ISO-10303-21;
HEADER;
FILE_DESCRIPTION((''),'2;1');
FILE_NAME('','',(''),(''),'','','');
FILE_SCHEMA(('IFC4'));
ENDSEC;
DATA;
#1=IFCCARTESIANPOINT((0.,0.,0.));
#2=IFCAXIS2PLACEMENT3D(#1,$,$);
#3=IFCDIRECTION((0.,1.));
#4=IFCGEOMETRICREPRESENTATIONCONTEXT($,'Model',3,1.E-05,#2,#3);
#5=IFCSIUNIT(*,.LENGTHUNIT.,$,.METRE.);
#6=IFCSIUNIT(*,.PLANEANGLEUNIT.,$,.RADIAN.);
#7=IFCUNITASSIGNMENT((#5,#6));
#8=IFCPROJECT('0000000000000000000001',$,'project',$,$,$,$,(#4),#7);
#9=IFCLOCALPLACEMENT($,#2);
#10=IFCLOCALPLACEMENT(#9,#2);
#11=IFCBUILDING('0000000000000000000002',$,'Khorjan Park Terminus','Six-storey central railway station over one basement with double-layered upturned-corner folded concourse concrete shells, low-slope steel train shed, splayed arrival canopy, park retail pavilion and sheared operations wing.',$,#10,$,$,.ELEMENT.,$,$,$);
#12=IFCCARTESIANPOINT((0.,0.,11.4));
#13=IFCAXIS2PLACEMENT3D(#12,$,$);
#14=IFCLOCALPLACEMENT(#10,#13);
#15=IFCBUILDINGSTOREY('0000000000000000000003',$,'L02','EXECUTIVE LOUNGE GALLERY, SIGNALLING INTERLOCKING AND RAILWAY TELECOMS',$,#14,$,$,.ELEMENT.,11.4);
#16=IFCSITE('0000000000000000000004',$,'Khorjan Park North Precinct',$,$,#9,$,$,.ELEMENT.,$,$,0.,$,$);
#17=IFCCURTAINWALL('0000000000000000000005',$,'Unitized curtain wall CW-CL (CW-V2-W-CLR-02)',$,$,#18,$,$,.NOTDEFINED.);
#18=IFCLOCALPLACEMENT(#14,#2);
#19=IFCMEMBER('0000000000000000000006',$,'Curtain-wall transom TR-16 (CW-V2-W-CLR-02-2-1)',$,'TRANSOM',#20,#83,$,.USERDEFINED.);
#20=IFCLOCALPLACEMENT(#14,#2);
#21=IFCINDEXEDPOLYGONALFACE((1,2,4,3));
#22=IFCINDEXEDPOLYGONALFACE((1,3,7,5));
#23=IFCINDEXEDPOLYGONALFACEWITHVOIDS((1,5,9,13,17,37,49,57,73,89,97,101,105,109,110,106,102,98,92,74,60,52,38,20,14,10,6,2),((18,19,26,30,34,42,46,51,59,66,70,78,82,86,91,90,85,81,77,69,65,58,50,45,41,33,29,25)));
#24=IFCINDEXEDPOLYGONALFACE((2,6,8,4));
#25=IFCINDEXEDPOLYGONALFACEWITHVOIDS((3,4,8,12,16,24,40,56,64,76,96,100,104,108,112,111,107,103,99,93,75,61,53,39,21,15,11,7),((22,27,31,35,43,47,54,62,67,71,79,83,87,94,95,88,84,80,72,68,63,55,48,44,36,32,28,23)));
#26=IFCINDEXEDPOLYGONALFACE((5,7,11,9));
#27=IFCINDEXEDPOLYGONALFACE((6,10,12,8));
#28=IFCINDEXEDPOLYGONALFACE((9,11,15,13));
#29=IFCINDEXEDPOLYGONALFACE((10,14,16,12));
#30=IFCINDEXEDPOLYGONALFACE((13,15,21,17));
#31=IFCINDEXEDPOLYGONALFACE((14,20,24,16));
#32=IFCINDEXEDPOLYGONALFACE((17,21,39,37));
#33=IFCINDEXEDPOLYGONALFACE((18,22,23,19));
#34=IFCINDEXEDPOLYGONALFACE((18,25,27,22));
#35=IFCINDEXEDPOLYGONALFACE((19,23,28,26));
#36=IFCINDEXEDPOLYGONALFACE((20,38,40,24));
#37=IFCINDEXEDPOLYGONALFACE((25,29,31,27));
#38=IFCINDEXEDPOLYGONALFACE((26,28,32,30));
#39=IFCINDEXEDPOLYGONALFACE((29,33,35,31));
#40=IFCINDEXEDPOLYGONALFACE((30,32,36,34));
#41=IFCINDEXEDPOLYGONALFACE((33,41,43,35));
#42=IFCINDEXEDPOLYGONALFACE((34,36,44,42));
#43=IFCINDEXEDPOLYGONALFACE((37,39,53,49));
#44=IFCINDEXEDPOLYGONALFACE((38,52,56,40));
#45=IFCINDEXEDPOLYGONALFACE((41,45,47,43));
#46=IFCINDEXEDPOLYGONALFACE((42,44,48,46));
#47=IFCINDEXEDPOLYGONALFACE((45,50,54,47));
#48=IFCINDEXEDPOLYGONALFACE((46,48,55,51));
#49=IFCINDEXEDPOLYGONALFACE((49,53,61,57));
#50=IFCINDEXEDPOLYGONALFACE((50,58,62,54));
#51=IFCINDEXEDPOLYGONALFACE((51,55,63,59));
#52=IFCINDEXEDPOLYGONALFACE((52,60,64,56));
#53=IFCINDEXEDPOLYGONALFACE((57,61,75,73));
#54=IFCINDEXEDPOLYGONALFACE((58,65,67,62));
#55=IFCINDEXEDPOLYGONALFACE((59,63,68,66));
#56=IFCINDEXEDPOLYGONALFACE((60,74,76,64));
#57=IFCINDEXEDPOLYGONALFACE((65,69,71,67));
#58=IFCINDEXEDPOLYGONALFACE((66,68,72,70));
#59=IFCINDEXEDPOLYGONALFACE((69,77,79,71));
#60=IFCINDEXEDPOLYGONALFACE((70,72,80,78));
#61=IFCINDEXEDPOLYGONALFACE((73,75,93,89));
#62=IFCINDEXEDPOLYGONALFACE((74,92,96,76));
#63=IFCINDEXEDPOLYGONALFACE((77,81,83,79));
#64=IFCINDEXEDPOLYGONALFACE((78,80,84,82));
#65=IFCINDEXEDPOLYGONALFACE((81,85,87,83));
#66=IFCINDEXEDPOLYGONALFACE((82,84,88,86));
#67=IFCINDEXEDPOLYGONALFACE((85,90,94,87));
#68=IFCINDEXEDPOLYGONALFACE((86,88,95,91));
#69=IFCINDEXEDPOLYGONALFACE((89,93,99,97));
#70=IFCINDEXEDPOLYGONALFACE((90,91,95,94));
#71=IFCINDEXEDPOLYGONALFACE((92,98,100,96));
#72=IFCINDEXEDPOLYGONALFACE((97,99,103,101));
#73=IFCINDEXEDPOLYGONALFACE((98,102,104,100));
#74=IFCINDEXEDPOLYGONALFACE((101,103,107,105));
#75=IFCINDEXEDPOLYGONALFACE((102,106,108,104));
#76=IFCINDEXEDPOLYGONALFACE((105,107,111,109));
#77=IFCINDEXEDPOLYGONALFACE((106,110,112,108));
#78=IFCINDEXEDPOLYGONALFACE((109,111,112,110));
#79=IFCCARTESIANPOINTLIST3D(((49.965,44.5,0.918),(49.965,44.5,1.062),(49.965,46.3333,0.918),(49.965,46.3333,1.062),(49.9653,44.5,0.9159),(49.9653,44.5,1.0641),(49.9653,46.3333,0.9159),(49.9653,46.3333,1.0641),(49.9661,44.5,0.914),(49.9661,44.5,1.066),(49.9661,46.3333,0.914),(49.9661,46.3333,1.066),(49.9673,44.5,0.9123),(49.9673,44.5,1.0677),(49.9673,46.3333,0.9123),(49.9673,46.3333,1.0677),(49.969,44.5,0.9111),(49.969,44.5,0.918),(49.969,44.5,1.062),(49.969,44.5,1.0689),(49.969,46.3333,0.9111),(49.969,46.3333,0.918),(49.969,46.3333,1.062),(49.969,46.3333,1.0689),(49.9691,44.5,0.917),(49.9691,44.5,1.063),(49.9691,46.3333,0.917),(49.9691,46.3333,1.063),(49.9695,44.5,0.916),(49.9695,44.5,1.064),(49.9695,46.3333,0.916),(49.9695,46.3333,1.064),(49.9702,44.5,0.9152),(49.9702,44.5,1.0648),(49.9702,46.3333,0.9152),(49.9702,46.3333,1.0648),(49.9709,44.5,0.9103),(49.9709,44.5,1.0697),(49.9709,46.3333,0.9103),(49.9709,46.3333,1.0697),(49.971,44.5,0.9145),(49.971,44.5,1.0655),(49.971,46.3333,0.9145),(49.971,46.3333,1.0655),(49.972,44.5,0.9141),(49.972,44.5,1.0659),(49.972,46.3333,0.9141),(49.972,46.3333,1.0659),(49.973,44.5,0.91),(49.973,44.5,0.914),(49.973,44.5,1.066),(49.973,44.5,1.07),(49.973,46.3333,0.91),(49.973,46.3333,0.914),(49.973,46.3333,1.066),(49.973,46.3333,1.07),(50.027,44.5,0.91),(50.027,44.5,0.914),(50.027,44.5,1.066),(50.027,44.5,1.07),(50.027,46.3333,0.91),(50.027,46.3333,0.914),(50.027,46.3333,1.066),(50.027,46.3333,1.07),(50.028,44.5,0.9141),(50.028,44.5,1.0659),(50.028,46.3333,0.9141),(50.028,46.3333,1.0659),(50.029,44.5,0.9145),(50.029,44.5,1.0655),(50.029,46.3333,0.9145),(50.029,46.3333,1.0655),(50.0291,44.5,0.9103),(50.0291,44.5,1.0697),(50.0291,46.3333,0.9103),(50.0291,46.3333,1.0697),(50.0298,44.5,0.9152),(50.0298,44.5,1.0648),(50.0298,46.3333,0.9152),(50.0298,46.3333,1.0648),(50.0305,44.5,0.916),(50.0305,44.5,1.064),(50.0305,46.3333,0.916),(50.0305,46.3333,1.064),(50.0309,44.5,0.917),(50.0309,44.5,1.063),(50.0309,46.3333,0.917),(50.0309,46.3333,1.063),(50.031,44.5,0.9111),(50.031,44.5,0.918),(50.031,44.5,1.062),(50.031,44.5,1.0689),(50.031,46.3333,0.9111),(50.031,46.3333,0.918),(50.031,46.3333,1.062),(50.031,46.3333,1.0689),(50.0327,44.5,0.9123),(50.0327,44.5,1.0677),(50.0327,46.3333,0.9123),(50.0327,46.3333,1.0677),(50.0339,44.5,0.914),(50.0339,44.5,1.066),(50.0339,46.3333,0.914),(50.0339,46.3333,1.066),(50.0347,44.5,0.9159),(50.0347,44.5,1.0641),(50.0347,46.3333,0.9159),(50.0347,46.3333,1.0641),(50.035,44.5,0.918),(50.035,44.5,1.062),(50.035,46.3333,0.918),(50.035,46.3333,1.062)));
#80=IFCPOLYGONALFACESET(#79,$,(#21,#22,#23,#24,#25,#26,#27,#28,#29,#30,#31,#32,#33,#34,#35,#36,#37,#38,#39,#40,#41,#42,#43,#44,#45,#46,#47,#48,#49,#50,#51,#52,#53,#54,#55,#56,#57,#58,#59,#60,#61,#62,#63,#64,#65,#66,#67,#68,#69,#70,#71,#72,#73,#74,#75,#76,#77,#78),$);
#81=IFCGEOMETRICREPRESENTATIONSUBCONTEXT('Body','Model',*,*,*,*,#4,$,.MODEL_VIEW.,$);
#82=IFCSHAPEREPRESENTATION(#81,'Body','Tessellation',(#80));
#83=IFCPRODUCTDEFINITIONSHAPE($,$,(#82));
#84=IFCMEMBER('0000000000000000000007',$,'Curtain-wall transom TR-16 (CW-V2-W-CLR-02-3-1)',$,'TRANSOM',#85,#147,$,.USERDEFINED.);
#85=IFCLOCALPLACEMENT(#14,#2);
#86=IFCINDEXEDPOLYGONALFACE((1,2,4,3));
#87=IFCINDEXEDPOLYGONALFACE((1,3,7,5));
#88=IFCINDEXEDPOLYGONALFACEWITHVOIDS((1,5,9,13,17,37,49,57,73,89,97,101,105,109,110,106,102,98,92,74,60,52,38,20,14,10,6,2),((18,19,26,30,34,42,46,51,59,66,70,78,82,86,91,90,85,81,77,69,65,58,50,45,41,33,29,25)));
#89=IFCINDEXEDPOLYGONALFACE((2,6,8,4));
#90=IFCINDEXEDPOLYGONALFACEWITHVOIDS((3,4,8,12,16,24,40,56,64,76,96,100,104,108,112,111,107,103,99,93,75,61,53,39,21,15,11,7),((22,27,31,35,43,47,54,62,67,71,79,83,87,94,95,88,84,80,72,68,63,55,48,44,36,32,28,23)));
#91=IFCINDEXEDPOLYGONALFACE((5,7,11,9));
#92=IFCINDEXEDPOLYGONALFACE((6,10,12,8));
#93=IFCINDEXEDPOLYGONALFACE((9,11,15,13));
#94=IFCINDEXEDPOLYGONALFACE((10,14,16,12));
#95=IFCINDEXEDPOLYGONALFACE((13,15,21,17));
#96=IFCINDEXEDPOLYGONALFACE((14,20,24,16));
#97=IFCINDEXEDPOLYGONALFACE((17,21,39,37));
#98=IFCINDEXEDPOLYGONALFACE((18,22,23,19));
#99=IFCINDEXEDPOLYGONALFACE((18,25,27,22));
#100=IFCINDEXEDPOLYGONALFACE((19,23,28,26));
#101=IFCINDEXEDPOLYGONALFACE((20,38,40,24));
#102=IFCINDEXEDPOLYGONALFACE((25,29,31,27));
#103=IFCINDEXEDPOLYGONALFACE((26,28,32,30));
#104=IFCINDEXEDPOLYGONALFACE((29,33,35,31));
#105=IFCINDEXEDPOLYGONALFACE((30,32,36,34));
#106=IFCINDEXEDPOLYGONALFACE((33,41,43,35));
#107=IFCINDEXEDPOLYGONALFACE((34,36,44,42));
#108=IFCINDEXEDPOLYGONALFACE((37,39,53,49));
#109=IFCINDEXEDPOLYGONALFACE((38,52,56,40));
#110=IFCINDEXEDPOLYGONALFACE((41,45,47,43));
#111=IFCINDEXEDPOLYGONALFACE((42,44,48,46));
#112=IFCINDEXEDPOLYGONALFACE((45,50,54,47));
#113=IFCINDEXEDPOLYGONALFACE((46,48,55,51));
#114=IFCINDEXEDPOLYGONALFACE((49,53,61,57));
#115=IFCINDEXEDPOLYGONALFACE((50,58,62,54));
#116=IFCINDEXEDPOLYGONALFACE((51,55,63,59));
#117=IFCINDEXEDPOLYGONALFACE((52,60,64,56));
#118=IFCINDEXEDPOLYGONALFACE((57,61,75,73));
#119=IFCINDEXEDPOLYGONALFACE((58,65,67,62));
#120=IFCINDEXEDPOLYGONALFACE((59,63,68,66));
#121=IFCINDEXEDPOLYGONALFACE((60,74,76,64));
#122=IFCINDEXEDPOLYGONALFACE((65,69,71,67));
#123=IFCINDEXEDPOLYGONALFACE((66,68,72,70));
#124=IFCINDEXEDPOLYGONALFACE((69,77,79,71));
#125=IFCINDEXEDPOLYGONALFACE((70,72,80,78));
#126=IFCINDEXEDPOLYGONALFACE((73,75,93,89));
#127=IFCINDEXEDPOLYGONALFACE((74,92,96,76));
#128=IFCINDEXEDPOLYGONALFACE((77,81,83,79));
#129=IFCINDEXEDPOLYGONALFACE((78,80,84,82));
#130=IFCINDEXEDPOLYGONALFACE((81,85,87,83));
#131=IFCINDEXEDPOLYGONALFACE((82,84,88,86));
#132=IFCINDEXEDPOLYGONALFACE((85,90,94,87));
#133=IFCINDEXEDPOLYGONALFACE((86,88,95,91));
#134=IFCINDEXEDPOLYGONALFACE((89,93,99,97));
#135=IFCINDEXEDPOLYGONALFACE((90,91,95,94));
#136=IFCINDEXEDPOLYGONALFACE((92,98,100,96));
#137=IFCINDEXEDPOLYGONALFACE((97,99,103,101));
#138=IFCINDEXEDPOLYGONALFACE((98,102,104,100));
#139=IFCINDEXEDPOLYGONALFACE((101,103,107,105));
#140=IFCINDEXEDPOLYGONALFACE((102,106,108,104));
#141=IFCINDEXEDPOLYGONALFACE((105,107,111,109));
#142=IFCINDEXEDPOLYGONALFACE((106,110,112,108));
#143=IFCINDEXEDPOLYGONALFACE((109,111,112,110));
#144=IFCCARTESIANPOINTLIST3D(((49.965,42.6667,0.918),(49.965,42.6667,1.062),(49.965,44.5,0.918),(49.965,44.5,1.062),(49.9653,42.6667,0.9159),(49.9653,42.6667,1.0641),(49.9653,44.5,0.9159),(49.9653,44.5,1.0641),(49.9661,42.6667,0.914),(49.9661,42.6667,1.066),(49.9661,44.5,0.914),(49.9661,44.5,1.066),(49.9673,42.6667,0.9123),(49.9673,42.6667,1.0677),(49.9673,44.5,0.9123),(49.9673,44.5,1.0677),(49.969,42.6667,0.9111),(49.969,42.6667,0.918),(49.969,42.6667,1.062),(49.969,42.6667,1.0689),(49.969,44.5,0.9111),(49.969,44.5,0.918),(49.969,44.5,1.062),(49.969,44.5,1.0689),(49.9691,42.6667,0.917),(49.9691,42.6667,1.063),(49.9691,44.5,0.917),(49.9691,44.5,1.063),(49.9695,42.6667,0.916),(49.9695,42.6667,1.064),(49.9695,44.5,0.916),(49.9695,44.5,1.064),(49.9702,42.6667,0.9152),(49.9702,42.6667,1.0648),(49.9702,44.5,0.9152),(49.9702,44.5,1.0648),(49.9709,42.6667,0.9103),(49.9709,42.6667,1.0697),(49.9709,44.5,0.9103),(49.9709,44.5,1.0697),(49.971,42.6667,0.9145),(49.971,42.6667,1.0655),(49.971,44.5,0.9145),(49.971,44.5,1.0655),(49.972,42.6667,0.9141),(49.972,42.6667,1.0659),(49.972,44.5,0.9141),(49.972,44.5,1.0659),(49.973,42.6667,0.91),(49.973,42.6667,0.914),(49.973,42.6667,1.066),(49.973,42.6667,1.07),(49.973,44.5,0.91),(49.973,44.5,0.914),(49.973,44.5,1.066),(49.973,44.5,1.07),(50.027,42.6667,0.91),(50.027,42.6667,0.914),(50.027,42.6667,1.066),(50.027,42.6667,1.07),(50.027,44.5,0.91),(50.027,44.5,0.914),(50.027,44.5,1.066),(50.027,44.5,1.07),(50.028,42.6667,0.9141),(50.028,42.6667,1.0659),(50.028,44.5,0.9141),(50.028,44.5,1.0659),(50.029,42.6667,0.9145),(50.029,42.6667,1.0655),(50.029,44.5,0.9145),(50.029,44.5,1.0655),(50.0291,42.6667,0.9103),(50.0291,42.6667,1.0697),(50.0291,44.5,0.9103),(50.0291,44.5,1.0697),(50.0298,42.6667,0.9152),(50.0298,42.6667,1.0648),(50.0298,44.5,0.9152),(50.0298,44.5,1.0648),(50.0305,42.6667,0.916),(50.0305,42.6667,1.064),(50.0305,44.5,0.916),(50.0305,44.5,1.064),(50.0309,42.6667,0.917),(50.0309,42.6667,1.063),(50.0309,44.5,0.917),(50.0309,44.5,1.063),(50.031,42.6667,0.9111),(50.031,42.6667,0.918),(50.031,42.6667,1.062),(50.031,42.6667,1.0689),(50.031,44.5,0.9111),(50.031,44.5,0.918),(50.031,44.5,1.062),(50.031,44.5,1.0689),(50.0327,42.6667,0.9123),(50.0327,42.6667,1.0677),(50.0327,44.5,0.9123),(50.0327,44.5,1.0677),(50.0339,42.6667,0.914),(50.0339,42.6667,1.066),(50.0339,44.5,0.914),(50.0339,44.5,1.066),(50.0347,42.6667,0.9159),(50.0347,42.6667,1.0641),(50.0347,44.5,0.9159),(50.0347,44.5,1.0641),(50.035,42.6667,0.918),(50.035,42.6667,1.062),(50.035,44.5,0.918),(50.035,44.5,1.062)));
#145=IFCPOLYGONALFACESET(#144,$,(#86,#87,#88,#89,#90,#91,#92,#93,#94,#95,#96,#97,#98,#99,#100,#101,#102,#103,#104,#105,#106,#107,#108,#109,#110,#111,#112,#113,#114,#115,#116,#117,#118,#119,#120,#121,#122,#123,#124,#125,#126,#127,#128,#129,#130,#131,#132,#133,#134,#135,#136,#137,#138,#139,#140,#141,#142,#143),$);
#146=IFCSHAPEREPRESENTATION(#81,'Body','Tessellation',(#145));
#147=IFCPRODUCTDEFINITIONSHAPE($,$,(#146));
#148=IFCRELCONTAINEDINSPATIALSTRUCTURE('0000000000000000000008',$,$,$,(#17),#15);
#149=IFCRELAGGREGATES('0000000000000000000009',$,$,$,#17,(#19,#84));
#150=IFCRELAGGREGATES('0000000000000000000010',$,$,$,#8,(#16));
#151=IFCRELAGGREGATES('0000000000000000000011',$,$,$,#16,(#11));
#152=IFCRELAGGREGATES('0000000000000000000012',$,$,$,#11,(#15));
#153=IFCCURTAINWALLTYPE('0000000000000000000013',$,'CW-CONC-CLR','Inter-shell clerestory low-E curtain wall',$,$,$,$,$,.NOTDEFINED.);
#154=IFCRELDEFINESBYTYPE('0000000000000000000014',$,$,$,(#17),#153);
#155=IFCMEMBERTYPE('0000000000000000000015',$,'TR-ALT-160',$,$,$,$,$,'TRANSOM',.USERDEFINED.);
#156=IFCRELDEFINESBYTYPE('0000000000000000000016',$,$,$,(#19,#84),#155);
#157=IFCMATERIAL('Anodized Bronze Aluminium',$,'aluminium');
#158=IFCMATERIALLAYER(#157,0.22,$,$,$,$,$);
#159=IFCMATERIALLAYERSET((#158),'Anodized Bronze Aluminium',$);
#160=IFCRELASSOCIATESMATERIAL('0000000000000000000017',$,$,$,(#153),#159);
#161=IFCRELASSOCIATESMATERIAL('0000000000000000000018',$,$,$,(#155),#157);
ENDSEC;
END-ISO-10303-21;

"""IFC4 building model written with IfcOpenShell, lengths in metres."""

from ifc_helpers import new_model, si_unit, direction, frame, origin, origin_2d, place, context, subcontext, project, spatial, hollow_rectangle, extrude, material, layer, layer_set, material_profile, profile_set, type_object, element, aggregate, save


model = new_model("IFC4")

# Units and contexts
model_context = context("Model", 3, precision=1e-05, world=origin(), true_north=direction((0.0, 1.0)))
body_context = subcontext(model_context, "Body", "Model", "MODEL_VIEW")
ifc_project = project(units=[si_unit("LENGTHUNIT", "METRE"), si_unit("PLANEANGLEUNIT", "RADIAN")], contexts=[model_context])

# Site, building, storey
site_placement = place(None, origin())
site = spatial("IfcSite", under=ifc_project, at=site_placement, Name="Khorjan Park North Precinct", CompositionType="ELEMENT", RefElevation=0.0)
building_placement = place(site_placement, origin())
building = spatial("IfcBuilding", under=site, at=building_placement, Name="Khorjan Park Terminus", Description="Six-storey central railway station over one basement with double-layered upturned-corner folded concourse concrete shells, low-slope steel train shed, splayed arrival canopy, park retail pavilion and sheared operations wing.", CompositionType="ELEMENT")
storey_placement = place(building_placement, frame((0.0, 0.0, 11.4)))
storey = spatial("IfcBuildingStorey", under=building, at=storey_placement, Name="L02", Description="EXECUTIVE LOUNGE GALLERY, SIGNALLING INTERLOCKING AND RAILWAY TELECOMS", CompositionType="ELEMENT", Elevation=11.4)

# Curtain wall
ifc_material_1 = material(Name="Anodized Bronze Aluminium", Category="aluminium")
ifc_layer_1 = layer(ifc_material_1, 0.22)
ifc_layer_set_1 = layer_set([ifc_layer_1], Name="Anodized Bronze Aluminium")
curtain_wall_type = type_object("IfcCurtainWallType", Name="CW-CONC-CLR", Description="Inter-shell clerestory low-E curtain wall", PredefinedType="NOTDEFINED", material=ifc_layer_set_1)
curtain_wall_placement = place(storey_placement, origin())
curtain_wall = element("IfcCurtainWall", 1, at=curtain_wall_placement, inside=storey, type_object=curtain_wall_type, Name="Unitized curtain wall CW-CL (CW-V2-W-CLR-02)", PredefinedType="NOTDEFINED")

# Members
ifc_material_profile_1 = material_profile(ifc_material_1, hollow_rectangle(XDim=0.07, YDim=0.16, WallThickness=0.004, InnerFilletRadius=0.004, OuterFilletRadius=0.008, at=origin_2d()), Name="ALT 70x160x4")
ifc_profile_set_1 = profile_set([ifc_material_profile_1], Name="Anodized Bronze Aluminium")
member_type_1 = type_object("IfcMemberType", Name="TR-ALT-160", ElementType="TRANSOM", PredefinedType="USERDEFINED", material=ifc_profile_set_1)
member_1_placement = place(storey_placement, frame((50.0, 46.3333, 0.99), z_axis=(0.0, -1.0, 0.0), x_axis=(1.0, 0.0, 0.0)))
member_1 = element("IfcMember", 2, at=member_1_placement, type_object=member_type_1, Name="Curtain-wall transom TR-16 (CW-V2-W-CLR-02-2-1)", ObjectType="TRANSOM", PredefinedType="USERDEFINED", context=body_context, shape_type="SweptSolid", body=[
    extrude(hollow_rectangle(XDim=0.07, YDim=0.16, WallThickness=0.004, InnerFilletRadius=0.004, OuterFilletRadius=0.008, at=origin_2d()), origin(), (0.0, 0.0, 1.0), 1.8333),
])
member_2_placement = place(storey_placement, frame((50.0, 44.5, 0.99), z_axis=(0.0, -1.0, 0.0), x_axis=(1.0, 0.0, 0.0)))
member_2 = element("IfcMember", 3, at=member_2_placement, type_object=member_type_1, Name="Curtain-wall transom TR-16 (CW-V2-W-CLR-02-3-1)", ObjectType="TRANSOM", PredefinedType="USERDEFINED", context=body_context, shape_type="SweptSolid", body=[
    extrude(hollow_rectangle(XDim=0.07, YDim=0.16, WallThickness=0.004, InnerFilletRadius=0.004, OuterFilletRadius=0.008, at=origin_2d()), origin(), (0.0, 0.0, 1.0), 1.8333),
])

aggregate(curtain_wall, [member_1, member_2])

save(model, "model.ifc")
